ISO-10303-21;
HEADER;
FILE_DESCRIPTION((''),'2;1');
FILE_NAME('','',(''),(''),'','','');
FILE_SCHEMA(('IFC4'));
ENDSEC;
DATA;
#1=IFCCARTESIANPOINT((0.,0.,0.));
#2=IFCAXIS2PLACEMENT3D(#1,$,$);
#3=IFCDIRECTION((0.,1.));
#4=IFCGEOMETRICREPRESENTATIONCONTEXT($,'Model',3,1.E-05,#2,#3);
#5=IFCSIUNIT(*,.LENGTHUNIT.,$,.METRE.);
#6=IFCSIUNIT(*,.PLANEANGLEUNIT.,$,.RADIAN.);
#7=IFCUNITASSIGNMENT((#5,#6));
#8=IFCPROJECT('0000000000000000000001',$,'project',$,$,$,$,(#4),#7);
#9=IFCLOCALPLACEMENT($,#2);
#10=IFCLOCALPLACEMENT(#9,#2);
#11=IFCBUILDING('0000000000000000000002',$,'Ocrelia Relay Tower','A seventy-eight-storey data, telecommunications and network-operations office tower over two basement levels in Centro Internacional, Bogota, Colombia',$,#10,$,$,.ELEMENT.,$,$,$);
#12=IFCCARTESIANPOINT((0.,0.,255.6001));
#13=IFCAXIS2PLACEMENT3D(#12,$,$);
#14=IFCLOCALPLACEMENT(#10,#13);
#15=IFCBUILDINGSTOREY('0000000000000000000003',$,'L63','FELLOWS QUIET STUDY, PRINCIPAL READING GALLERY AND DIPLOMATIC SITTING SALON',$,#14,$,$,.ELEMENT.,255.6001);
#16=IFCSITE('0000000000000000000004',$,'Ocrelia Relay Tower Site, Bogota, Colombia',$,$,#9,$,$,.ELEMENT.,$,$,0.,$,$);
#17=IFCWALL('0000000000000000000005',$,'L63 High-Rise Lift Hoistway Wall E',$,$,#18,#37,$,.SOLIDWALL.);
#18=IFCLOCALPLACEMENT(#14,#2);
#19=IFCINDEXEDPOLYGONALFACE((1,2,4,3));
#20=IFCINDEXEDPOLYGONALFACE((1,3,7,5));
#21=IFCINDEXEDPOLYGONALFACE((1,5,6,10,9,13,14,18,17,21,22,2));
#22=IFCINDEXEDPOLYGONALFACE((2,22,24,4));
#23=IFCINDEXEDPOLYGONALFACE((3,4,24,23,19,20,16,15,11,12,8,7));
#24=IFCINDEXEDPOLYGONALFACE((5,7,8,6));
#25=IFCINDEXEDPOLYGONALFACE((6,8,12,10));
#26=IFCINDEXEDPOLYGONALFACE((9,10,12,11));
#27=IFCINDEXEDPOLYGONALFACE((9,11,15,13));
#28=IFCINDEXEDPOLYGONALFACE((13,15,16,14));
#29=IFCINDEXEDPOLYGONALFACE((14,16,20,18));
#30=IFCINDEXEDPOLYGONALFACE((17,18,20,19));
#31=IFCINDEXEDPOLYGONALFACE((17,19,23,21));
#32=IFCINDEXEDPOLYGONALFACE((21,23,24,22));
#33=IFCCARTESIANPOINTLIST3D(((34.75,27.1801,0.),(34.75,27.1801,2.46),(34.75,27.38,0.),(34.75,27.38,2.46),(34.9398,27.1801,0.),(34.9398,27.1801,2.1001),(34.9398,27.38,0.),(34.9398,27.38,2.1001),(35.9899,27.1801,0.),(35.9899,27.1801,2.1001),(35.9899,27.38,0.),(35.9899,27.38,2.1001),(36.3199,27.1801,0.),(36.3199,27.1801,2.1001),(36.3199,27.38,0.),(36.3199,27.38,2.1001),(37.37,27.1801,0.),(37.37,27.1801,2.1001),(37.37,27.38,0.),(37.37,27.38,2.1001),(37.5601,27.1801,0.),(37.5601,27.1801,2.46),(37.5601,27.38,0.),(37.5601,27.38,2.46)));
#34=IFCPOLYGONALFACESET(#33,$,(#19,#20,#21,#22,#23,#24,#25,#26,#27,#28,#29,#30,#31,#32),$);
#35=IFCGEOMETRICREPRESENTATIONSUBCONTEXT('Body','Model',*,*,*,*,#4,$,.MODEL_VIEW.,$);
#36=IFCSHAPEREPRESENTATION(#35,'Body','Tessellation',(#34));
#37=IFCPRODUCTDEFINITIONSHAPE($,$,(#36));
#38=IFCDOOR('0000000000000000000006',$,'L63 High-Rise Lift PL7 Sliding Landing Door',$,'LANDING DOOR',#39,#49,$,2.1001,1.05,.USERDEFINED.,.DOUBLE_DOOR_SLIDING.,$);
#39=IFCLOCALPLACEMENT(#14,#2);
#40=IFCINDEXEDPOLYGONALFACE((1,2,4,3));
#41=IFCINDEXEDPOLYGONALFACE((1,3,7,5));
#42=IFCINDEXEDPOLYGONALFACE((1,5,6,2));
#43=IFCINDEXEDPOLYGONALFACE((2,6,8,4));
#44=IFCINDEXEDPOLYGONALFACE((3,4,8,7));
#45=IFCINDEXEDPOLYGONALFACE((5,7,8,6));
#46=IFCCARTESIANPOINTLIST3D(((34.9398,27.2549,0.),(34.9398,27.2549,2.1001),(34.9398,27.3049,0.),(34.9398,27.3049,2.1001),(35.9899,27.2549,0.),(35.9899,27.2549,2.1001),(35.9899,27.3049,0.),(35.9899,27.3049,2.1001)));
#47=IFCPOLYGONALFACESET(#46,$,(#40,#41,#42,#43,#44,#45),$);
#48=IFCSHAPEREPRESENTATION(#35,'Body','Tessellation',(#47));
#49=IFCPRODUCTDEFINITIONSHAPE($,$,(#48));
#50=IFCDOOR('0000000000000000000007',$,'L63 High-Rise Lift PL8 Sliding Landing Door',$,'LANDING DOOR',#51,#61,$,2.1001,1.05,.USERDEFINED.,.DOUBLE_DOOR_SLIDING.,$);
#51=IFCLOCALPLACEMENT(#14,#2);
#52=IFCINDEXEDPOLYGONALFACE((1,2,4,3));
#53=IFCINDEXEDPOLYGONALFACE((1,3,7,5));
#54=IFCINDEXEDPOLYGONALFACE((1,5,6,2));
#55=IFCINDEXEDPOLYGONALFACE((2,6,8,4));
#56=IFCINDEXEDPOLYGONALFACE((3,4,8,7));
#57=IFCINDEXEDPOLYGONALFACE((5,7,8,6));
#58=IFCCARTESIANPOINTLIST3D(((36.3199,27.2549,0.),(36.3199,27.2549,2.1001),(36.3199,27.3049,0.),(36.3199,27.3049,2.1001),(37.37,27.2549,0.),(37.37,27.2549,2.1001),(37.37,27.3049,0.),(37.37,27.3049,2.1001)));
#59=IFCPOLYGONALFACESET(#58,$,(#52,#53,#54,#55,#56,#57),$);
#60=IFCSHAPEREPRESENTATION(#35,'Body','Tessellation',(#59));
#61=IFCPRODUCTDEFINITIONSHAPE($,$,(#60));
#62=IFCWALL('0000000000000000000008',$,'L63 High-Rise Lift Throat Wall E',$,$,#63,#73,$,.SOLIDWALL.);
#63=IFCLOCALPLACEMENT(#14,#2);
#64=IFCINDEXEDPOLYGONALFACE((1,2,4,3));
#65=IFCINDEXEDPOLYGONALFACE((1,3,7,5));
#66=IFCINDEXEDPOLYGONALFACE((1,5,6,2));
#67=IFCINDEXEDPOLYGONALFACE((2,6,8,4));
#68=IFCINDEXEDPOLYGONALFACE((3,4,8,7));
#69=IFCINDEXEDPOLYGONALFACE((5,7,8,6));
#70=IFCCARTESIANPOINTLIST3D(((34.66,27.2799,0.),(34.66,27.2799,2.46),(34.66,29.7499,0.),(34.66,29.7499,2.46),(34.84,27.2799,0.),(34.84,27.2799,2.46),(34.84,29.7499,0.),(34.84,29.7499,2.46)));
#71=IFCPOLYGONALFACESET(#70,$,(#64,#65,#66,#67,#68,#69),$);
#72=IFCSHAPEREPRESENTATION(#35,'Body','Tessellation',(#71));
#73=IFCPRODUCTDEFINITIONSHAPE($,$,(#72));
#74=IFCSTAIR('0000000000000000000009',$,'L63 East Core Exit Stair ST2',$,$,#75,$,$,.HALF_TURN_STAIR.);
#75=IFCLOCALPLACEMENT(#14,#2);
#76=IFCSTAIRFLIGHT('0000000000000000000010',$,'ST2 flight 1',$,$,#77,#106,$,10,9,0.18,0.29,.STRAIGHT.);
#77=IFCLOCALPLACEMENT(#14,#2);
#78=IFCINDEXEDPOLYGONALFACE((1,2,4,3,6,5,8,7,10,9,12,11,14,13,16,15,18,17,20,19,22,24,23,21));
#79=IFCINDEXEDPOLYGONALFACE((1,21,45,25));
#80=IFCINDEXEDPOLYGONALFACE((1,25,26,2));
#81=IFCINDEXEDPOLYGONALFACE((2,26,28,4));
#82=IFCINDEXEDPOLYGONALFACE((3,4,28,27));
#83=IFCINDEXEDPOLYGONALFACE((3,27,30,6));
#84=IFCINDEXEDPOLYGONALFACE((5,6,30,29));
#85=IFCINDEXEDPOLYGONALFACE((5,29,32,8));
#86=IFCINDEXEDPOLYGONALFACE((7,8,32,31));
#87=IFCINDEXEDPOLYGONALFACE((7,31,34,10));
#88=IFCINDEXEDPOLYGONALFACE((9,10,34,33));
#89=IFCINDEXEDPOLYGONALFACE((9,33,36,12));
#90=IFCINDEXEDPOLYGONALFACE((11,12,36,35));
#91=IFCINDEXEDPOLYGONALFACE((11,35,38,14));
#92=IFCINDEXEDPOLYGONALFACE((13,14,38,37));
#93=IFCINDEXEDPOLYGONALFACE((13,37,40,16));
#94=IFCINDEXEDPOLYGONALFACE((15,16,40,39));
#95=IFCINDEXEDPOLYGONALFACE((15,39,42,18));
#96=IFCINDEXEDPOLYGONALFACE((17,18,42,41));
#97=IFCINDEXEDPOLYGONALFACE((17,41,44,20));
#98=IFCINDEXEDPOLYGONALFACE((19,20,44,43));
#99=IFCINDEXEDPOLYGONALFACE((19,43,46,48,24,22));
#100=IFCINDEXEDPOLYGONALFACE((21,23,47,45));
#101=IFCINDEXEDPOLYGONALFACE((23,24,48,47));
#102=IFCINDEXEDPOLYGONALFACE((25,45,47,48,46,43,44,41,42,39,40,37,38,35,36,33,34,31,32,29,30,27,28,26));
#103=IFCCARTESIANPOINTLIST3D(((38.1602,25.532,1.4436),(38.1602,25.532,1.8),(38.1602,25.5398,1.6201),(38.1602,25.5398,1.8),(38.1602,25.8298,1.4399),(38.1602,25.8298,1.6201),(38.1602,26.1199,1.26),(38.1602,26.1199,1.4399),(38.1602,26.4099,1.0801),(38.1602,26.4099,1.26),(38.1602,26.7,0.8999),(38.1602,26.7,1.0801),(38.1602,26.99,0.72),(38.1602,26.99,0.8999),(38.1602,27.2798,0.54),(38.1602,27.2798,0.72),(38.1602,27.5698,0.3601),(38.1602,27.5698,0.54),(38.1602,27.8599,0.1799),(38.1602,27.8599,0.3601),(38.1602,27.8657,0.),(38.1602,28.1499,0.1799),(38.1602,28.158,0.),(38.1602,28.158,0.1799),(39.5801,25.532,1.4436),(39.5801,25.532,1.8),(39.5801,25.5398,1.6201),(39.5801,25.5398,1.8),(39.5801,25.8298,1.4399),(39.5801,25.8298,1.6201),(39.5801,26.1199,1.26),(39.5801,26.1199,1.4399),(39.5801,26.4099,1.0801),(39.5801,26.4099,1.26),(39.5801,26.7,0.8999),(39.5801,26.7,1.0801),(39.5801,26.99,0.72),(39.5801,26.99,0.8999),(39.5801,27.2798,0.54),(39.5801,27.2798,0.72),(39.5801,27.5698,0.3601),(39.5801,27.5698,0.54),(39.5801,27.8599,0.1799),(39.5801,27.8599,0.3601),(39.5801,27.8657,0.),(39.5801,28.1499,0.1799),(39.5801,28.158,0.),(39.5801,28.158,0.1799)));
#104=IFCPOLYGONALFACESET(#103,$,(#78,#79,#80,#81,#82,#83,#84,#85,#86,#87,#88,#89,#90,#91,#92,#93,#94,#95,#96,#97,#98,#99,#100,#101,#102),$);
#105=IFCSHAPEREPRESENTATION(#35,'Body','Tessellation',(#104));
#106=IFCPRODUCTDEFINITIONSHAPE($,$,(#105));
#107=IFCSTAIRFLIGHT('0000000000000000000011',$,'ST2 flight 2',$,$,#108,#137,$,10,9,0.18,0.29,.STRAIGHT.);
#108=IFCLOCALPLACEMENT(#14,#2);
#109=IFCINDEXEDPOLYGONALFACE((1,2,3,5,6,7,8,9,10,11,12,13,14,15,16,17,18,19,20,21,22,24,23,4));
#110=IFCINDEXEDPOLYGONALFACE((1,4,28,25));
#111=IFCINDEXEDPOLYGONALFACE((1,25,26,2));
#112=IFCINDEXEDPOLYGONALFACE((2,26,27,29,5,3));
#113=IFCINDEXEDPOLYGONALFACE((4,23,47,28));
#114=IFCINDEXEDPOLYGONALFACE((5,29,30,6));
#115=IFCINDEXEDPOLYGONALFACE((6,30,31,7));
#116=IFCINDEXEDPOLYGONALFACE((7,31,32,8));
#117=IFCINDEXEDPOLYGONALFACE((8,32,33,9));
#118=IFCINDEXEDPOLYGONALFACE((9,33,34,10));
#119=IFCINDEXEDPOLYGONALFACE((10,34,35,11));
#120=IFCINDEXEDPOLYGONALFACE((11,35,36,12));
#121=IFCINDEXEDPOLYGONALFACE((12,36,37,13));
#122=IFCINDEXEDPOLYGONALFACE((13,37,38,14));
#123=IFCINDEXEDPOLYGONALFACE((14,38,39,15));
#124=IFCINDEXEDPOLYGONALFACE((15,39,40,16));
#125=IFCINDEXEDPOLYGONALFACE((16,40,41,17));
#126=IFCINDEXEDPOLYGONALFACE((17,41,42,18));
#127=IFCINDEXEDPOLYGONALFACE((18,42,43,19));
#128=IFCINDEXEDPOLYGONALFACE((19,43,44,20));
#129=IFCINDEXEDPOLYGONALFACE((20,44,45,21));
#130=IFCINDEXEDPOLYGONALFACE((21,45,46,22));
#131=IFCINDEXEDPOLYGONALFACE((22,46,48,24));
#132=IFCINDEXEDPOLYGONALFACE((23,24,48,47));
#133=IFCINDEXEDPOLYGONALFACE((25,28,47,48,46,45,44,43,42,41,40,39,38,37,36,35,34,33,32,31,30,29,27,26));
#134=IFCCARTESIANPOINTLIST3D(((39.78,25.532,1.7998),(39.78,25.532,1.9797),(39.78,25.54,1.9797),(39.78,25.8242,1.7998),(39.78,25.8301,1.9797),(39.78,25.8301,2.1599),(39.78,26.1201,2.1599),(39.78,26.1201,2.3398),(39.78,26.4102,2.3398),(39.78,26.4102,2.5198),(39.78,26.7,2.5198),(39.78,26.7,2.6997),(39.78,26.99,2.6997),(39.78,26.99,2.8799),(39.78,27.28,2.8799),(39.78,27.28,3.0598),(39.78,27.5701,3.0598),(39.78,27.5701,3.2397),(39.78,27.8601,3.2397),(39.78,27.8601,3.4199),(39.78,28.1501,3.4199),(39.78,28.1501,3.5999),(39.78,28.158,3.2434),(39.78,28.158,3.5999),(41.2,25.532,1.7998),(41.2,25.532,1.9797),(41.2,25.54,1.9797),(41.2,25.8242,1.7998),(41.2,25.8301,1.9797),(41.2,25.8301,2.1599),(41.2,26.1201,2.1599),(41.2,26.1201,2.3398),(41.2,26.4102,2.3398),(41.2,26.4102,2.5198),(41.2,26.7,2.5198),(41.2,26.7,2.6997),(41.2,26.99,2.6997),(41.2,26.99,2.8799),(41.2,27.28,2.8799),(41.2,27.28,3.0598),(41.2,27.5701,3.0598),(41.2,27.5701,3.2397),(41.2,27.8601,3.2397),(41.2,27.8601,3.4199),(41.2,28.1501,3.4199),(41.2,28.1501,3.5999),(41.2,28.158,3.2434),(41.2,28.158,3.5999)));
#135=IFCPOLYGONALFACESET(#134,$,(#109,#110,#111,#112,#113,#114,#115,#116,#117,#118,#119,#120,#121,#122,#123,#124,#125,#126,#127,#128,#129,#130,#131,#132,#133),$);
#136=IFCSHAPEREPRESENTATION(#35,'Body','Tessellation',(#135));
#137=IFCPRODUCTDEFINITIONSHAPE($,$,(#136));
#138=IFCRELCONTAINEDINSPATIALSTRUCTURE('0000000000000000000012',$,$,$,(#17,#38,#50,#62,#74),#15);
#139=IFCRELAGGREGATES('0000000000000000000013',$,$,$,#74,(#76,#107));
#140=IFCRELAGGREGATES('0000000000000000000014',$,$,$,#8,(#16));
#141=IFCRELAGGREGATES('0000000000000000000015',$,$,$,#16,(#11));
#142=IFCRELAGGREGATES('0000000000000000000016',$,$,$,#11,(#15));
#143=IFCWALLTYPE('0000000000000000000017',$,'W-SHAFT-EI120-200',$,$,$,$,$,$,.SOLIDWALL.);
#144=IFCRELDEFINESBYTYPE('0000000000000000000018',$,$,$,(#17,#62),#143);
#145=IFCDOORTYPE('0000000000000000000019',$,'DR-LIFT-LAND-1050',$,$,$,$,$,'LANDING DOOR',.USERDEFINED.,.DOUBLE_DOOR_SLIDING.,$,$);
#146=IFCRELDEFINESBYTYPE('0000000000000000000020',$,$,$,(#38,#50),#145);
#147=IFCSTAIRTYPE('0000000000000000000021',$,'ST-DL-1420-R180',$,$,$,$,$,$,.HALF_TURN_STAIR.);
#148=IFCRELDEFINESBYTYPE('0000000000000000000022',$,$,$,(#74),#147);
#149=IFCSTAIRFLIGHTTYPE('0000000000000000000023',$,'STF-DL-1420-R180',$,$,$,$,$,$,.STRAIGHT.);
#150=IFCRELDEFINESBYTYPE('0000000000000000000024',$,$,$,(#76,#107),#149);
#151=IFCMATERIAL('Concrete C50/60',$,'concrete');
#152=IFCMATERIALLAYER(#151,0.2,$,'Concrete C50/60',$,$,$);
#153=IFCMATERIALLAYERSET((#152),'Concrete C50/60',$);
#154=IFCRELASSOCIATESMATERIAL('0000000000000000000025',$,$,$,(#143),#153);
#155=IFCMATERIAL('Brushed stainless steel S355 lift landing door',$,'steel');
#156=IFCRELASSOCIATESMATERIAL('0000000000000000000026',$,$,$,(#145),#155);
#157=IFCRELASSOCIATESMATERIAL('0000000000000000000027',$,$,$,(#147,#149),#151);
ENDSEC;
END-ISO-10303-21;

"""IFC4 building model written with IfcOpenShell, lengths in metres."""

from ifc_helpers import new_model, si_unit, direction, frame, frame_2d, origin, place, context, subcontext, project, spatial, polyline, rectangle, outline, extrude, material, layer, layer_set, type_object, element, fill, aggregate, save


model = new_model("IFC4")

# Units and contexts
model_context = context("Model", 3, precision=1e-05, world=origin(), true_north=direction((0.0, 1.0)))
body_context = subcontext(model_context, "Body", "Model", "MODEL_VIEW")
ifc_project = project(units=[si_unit("LENGTHUNIT", "METRE"), si_unit("PLANEANGLEUNIT", "RADIAN")], contexts=[model_context])

# Site, building, storey
site_placement = place(None, origin())
site = spatial("IfcSite", under=ifc_project, at=site_placement, Name="Ocrelia Relay Tower Site, Bogota, Colombia", CompositionType="ELEMENT", RefElevation=0.0)
building_placement = place(site_placement, origin())
building = spatial("IfcBuilding", under=site, at=building_placement, Name="Ocrelia Relay Tower", Description="A seventy-eight-storey data, telecommunications and network-operations office tower over two basement levels in Centro Internacional, Bogota, Colombia", CompositionType="ELEMENT")
storey_placement = place(building_placement, frame((0.0, 0.0, 255.6001)))
storey = spatial("IfcBuildingStorey", under=building, at=storey_placement, Name="L63", Description="FELLOWS QUIET STUDY, PRINCIPAL READING GALLERY AND DIPLOMATIC SITTING SALON", CompositionType="ELEMENT", Elevation=255.6001)

# Shared definitions
ifc_material_1 = material(Name="Concrete C50/60", Category="concrete")
ifc_layer_1 = layer(ifc_material_1, 0.2, Name="Concrete C50/60")
ifc_layer_set_1 = layer_set([ifc_layer_1], Name="Concrete C50/60")
wall_type_1 = type_object("IfcWallType", Name="W-SHAFT-EI120-200", PredefinedType="SOLIDWALL", material=ifc_layer_set_1)

# Wall, openings, doors
wall_1_placement = place(storey_placement, frame((34.75, 27.28, 0.0), z_axis=(0.0, 0.0, 1.0), x_axis=(1.0, 0.0, 0.0)))
wall_1 = element("IfcWall", 1, at=wall_1_placement, inside=storey, type_object=wall_type_1, Name="L63 High-Rise Lift Hoistway Wall E", PredefinedType="SOLIDWALL", context=body_context, shape_type="SweptSolid", body=[
    extrude(rectangle(XDim=2.8101, YDim=0.2, at=frame_2d((1.405, 0.0))), origin(), (0.0, 0.0, 1.0), 2.46),
])
opening_1_placement = place(wall_1_placement, frame((0.1899, 0.0, 0.0)))
opening_1 = element("IfcOpeningElement", 2, at=opening_1_placement, cuts=wall_1, PredefinedType="OPENING", context=body_context, shape_type="SweptSolid", body=[
    extrude(rectangle(XDim=1.05, YDim=2.1001, at=frame_2d((0.5249, 1.05))), frame((0.0, 0.1099, 0.0), z_axis=(0.0, -1.0, 0.0), x_axis=(1.0, 0.0, 0.0)), (0.0, 0.0, 1.0), 0.22),
])
opening_2_placement = place(wall_1_placement, frame((1.5701, 0.0, 0.0)))
opening_2 = element("IfcOpeningElement", 3, at=opening_2_placement, cuts=wall_1, PredefinedType="OPENING", context=body_context, shape_type="SweptSolid", body=[
    extrude(rectangle(XDim=1.05, YDim=2.1001, at=frame_2d((0.5249, 1.05))), frame((0.0, 0.1099, 0.0), z_axis=(0.0, -1.0, 0.0), x_axis=(1.0, 0.0, 0.0)), (0.0, 0.0, 1.0), 0.22),
])
ifc_material_2 = material(Name="Brushed stainless steel S355 lift landing door", Category="steel")
door_type = type_object("IfcDoorType", Name="DR-LIFT-LAND-1050", ElementType="LANDING DOOR", OperationType="DOUBLE_DOOR_SLIDING", PredefinedType="USERDEFINED", material=ifc_material_2)
door_1_placement = place(opening_1_placement, origin())
door_1 = element("IfcDoor", 4, at=door_1_placement, inside=storey, type_object=door_type, Name="L63 High-Rise Lift PL7 Sliding Landing Door", ObjectType="LANDING DOOR", OperationType="DOUBLE_DOOR_SLIDING", OverallHeight=2.1001, OverallWidth=1.05, PredefinedType="USERDEFINED", context=body_context, shape_type="SweptSolid", body=[
    extrude(rectangle(XDim=1.05, YDim=2.1001, at=frame_2d((0.5249, 1.05))), frame((0.0, 0.0249, 0.0), z_axis=(0.0, -1.0, 0.0), x_axis=(1.0, 0.0, 0.0)), (0.0, 0.0, 1.0), 0.05),
])
fill(opening_1, door_1)
door_2_placement = place(opening_2_placement, origin())
door_2 = element("IfcDoor", 5, at=door_2_placement, inside=storey, type_object=door_type, Name="L63 High-Rise Lift PL8 Sliding Landing Door", ObjectType="LANDING DOOR", OperationType="DOUBLE_DOOR_SLIDING", OverallHeight=2.1001, OverallWidth=1.05, PredefinedType="USERDEFINED", context=body_context, shape_type="SweptSolid", body=[
    extrude(rectangle(XDim=1.05, YDim=2.1001, at=frame_2d((0.5249, 1.05))), frame((0.0, 0.0249, 0.0), z_axis=(0.0, -1.0, 0.0), x_axis=(1.0, 0.0, 0.0)), (0.0, 0.0, 1.0), 0.05),
])
fill(opening_2, door_2)

# Wall
wall_2_placement = place(storey_placement, frame((34.75, 27.28, 0.0), z_axis=(0.0, 0.0, 1.0), x_axis=(0.0, 1.0, 0.0)))
element("IfcWall", 6, at=wall_2_placement, inside=storey, type_object=wall_type_1, Name="L63 High-Rise Lift Throat Wall E", PredefinedType="SOLIDWALL", context=body_context, shape_type="SweptSolid", body=[
    extrude(rectangle(XDim=2.47, YDim=0.1799, at=frame_2d((1.2349, 0.0))), origin(), (0.0, 0.0, 1.0), 2.46),
])

# Stair, stair flights
stair_type = type_object("IfcStairType", Name="ST-DL-1420-R180", PredefinedType="HALF_TURN_STAIR", material=ifc_material_1)
stair_placement = place(storey_placement, origin())
stair = element("IfcStair", 7, at=stair_placement, inside=storey, type_object=stair_type, Name="L63 East Core Exit Stair ST2", PredefinedType="HALF_TURN_STAIR")
stair_flight_type = type_object("IfcStairFlightType", Name="STF-DL-1420-R180", PredefinedType="STRAIGHT", material=ifc_material_1)
stair_flight_1_placement = place(storey_placement, frame((38.8701, 28.1499, 0.0), z_axis=(0.0, 0.0, 1.0), x_axis=(0.0, -1.0, 0.0)))
stair_flight_1 = element("IfcStairFlight", 8, at=stair_flight_1_placement, type_object=stair_flight_type, Name="ST2 flight 1", NumberOfRisers=10, NumberOfTreads=9, PredefinedType="STRAIGHT", RiserHeight=0.18, TreadLength=0.29, context=body_context, shape_type="SweptSolid", body=[
    extrude(outline(polyline([(-0.0081, 0.0), (-0.0081, 0.1799), (0.0, 0.1799), (0.29, 0.1799), (0.29, 0.3601), (0.5801, 0.3601), (0.5801, 0.54), (0.8701, 0.54), (0.8701, 0.72), (1.1599, 0.72), (1.1599, 0.8999), (1.45, 0.8999), (1.45, 1.0801), (1.74, 1.0801), (1.74, 1.26), (2.03, 1.26), (2.03, 1.4399), (2.3201, 1.4399), (2.3201, 1.6201), (2.6101, 1.6201), (2.6101, 1.8), (2.6179, 1.8), (2.6179, 1.4436), (0.2842, 0.0), (-0.0081, 0.0)])), frame((0.0, 0.71, 0.0), z_axis=(0.0, -1.0, 0.0), x_axis=(1.0, 0.0, 0.0)), (0.0, 0.0, 1.0), 1.4199),
])
stair_flight_2_placement = place(storey_placement, frame((40.49, 25.54, 1.7998), z_axis=(0.0, 0.0, 1.0), x_axis=(0.0, 1.0, 0.0)))
stair_flight_2 = element("IfcStairFlight", 9, at=stair_flight_2_placement, type_object=stair_flight_type, Name="ST2 flight 2", NumberOfRisers=10, NumberOfTreads=9, PredefinedType="STRAIGHT", RiserHeight=0.18, TreadLength=0.29, context=body_context, shape_type="SweptSolid", body=[
    extrude(outline(polyline([(-0.0081, 0.0), (-0.0081, 0.1799), (0.0, 0.1799), (0.29, 0.1799), (0.29, 0.3601), (0.5801, 0.3601), (0.5801, 0.54), (0.8701, 0.54), (0.8701, 0.72), (1.1599, 0.72), (1.1599, 0.8999), (1.45, 0.8999), (1.45, 1.0801), (1.74, 1.0801), (1.74, 1.26), (2.03, 1.26), (2.03, 1.4399), (2.3201, 1.4399), (2.3201, 1.6201), (2.6101, 1.6201), (2.6101, 1.8), (2.6179, 1.8), (2.6179, 1.4436), (0.2842, 0.0), (-0.0081, 0.0)])), frame((0.0, 0.71, 0.0), z_axis=(0.0, -1.0, 0.0), x_axis=(1.0, 0.0, 0.0)), (0.0, 0.0, 1.0), 1.4199),
])
aggregate(stair, [stair_flight_1, stair_flight_2])

save(model, "model.ifc")
